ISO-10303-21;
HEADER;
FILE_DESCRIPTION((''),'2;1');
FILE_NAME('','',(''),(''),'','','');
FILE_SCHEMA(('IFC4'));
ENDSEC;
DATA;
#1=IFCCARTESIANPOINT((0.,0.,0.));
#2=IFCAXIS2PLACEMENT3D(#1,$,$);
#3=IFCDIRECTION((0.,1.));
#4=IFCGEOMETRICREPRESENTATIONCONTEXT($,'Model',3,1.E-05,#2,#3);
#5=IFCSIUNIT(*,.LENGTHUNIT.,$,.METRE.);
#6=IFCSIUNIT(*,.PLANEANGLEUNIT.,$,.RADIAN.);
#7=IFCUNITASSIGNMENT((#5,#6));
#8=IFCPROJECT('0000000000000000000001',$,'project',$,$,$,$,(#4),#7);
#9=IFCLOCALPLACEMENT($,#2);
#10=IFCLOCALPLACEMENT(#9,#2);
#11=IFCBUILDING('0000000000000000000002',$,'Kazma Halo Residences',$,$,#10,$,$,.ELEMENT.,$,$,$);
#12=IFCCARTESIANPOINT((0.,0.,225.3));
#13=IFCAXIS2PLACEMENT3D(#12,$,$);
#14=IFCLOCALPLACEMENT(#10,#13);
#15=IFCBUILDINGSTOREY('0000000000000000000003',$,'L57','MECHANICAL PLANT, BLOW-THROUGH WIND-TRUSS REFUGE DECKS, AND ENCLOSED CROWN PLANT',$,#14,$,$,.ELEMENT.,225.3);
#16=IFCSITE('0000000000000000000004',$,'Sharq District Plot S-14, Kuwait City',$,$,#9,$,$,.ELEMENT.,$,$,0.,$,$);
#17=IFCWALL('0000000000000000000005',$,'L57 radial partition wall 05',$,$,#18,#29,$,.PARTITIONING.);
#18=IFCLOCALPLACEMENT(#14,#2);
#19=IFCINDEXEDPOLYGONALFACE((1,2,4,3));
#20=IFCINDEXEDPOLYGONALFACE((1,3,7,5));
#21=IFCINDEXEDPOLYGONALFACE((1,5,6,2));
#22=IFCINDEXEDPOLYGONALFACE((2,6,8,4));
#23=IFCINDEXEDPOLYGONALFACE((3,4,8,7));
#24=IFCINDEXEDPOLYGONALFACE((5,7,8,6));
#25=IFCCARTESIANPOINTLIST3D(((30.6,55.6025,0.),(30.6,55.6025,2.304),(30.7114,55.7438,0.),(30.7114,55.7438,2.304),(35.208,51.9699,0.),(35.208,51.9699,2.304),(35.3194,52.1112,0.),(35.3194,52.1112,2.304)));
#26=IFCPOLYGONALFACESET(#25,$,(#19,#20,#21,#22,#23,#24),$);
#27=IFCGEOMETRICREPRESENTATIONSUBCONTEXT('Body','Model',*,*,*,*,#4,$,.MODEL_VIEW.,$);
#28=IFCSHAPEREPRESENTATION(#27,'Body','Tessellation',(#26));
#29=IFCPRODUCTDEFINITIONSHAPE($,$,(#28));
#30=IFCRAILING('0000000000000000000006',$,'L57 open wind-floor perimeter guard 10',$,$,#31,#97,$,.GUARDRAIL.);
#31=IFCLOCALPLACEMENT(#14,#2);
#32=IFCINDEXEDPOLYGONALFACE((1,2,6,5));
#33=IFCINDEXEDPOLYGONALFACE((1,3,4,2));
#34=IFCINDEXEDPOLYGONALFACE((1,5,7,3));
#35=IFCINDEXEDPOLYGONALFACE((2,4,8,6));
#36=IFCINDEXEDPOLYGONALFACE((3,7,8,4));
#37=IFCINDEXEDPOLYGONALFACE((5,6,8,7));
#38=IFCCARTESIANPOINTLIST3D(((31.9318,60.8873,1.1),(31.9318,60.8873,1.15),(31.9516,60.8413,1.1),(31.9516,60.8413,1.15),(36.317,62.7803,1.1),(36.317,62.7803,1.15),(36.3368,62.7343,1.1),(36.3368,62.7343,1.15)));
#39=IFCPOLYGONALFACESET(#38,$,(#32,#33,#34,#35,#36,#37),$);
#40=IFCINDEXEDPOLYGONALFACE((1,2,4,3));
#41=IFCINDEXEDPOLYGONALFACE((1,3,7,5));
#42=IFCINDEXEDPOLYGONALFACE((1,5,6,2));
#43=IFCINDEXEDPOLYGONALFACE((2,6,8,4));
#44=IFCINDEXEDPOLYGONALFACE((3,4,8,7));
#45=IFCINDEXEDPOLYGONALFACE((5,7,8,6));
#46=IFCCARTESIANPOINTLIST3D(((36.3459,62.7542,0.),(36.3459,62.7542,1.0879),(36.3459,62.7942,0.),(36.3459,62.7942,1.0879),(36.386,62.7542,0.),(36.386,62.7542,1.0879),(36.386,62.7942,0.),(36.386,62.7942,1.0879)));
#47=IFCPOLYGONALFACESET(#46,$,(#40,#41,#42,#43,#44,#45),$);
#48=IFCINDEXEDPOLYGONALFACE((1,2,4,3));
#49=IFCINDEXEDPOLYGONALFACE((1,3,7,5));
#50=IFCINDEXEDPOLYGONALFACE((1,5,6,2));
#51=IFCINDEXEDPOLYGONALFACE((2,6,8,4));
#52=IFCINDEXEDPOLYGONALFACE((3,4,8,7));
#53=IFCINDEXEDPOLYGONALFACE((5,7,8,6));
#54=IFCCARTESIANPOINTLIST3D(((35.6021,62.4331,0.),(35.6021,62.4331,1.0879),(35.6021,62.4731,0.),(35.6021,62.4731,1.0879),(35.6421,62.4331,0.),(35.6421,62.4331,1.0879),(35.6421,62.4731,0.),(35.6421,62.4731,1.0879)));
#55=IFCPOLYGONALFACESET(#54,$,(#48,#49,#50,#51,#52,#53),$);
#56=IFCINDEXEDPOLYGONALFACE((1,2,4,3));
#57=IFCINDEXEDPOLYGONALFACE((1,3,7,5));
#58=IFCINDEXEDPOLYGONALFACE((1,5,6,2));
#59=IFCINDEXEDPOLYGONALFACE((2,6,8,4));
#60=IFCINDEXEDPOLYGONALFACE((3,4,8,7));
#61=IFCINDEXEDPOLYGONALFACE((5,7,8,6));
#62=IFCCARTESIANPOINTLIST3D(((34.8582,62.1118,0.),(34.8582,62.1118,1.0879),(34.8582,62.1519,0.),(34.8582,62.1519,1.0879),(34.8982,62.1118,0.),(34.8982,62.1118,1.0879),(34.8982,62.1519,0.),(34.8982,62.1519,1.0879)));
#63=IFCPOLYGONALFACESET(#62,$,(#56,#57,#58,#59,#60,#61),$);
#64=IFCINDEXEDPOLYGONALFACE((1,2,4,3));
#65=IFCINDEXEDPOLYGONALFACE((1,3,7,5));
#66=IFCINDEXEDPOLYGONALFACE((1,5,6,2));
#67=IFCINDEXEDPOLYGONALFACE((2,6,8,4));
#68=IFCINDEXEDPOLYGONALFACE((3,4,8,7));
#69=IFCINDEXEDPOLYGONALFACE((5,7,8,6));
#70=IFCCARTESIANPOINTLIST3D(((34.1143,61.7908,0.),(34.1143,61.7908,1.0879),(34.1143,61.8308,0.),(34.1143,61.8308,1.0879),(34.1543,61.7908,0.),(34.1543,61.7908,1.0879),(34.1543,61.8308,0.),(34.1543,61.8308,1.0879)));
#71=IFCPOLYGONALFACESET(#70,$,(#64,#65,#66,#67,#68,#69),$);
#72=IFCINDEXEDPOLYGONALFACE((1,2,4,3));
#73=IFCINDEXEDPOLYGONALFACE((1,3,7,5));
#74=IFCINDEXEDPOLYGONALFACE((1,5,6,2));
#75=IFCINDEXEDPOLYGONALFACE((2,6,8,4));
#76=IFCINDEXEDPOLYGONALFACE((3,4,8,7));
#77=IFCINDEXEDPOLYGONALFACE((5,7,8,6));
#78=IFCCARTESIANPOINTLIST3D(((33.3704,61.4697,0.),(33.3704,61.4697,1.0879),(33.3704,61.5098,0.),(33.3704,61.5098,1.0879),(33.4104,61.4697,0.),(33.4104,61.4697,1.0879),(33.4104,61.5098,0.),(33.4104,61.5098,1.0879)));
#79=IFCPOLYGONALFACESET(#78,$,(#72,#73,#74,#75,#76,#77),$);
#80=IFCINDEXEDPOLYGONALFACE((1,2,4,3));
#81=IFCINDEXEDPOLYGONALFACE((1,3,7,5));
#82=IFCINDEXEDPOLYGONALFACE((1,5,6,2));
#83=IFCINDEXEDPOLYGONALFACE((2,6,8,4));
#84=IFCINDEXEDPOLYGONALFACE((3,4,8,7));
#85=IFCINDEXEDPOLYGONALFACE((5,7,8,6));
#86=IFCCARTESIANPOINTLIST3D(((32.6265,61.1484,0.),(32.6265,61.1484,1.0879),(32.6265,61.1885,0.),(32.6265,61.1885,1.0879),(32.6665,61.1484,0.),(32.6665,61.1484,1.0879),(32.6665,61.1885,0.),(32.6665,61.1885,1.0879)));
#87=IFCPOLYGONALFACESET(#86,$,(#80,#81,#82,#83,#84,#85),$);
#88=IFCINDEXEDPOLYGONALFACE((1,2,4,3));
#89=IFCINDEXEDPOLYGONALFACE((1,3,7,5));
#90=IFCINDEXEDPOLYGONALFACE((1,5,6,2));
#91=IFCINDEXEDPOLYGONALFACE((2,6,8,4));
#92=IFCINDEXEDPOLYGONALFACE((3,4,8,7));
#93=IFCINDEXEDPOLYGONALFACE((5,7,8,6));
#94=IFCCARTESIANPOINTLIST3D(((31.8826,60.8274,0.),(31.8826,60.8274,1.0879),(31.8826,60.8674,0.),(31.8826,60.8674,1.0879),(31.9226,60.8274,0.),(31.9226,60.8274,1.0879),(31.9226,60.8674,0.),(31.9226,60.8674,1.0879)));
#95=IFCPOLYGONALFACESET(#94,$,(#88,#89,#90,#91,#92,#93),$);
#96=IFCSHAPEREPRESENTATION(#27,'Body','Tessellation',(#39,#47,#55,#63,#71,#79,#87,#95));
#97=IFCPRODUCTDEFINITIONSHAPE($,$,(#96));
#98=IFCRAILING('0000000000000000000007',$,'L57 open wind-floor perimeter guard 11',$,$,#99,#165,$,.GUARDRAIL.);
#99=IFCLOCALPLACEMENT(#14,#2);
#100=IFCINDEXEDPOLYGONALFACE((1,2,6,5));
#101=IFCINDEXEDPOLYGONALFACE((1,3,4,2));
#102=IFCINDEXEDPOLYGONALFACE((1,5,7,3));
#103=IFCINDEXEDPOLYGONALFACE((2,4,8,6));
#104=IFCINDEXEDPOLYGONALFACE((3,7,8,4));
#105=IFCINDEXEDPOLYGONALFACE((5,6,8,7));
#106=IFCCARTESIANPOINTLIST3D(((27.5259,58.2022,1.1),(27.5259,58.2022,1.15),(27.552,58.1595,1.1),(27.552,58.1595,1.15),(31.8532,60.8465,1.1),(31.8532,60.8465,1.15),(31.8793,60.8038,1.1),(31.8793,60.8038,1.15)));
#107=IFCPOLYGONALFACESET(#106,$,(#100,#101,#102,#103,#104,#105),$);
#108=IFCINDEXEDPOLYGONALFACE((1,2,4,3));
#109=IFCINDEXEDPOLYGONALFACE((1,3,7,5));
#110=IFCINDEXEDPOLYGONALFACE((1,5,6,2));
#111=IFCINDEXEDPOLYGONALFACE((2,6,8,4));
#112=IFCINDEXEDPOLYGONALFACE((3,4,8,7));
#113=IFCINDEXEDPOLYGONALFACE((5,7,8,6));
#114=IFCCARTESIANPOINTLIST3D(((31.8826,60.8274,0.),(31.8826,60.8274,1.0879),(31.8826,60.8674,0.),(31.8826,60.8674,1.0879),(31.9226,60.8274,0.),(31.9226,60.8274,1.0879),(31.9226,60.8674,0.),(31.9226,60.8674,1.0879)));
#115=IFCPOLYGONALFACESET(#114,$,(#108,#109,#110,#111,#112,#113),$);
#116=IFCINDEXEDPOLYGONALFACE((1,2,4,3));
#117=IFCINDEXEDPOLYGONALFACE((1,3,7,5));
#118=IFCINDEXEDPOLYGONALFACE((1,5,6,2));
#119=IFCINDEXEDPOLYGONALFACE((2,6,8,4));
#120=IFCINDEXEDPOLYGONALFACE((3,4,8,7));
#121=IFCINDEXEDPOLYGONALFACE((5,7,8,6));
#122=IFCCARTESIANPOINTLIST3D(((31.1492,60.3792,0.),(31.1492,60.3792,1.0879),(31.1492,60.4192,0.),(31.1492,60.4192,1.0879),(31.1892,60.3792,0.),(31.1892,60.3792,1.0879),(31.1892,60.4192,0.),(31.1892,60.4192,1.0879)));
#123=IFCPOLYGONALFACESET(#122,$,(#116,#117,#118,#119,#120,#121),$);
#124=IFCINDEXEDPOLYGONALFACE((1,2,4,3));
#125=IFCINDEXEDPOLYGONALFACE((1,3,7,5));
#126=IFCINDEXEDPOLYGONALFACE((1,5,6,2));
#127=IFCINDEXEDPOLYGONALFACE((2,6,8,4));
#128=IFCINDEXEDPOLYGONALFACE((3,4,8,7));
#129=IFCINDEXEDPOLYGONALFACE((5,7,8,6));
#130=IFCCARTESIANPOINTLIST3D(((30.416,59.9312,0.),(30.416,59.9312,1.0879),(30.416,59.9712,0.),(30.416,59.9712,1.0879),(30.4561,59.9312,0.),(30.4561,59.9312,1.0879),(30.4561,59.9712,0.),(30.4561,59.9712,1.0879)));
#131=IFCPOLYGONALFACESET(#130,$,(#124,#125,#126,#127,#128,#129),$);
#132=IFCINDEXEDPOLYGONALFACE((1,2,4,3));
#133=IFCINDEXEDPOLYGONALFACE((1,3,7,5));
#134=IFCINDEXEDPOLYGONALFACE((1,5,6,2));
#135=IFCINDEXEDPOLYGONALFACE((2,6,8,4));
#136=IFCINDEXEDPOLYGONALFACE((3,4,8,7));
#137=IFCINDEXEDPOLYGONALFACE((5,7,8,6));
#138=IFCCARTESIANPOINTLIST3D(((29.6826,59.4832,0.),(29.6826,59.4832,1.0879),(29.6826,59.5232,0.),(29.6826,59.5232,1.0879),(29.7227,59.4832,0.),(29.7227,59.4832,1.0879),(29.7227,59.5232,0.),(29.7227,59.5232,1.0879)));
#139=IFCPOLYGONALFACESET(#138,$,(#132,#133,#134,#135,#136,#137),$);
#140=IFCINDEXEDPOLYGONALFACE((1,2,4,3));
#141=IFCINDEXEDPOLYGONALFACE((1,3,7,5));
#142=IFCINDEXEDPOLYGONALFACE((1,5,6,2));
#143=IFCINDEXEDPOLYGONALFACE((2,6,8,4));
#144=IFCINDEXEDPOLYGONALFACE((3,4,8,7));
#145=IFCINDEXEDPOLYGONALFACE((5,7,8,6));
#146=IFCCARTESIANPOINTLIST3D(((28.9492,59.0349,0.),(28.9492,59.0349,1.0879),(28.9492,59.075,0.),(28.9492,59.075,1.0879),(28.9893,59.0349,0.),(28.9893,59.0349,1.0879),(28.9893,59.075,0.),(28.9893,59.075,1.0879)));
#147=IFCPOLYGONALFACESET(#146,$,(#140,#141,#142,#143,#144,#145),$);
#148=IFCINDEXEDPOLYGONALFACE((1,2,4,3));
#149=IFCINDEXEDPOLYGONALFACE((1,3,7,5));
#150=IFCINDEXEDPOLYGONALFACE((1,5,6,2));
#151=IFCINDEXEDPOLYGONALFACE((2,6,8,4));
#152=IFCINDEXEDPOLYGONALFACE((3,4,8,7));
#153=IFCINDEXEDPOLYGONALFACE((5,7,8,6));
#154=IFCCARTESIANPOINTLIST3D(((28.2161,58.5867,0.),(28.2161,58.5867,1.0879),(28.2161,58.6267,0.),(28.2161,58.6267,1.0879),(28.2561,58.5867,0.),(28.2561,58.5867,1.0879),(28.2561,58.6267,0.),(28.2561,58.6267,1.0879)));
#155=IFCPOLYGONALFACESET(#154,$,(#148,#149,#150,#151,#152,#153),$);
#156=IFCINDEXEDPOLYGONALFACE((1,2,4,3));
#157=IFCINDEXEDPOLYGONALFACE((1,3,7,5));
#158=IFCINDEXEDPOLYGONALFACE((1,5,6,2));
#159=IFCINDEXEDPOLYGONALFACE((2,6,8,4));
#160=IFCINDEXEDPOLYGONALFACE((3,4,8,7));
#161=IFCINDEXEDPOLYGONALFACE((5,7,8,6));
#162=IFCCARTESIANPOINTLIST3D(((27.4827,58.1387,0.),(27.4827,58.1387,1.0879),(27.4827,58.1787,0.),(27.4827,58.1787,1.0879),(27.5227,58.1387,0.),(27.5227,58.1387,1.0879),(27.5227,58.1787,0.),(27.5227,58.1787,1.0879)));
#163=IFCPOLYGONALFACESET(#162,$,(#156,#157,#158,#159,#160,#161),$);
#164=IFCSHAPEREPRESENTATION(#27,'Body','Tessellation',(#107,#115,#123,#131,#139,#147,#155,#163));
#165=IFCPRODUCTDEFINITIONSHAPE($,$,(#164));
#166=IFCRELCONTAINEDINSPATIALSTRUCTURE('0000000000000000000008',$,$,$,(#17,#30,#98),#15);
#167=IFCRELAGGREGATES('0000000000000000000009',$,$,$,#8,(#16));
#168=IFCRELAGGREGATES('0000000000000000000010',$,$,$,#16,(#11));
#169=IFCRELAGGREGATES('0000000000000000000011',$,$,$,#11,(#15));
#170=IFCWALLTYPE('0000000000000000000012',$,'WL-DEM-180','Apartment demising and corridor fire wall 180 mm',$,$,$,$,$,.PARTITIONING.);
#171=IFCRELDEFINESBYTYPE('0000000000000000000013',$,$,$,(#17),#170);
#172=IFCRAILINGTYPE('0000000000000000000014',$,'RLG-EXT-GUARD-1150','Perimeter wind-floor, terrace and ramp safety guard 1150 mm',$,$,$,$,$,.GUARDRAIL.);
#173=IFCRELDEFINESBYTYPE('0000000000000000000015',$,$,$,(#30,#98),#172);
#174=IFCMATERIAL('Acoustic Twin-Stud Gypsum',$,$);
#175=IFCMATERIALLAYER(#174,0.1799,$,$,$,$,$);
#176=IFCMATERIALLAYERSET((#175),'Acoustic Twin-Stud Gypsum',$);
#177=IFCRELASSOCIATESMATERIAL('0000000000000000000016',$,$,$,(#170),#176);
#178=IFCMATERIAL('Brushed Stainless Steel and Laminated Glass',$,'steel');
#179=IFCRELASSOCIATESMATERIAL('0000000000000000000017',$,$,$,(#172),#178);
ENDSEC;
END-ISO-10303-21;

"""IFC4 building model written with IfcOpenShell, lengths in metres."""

from ifc_helpers import new_model, si_unit, direction, frame, frame_2d, origin, origin_2d, place, context, subcontext, project, spatial, rectangle, extrude, material, layer, layer_set, type_object, element, save


model = new_model("IFC4")

# Units and contexts
model_context = context("Model", 3, precision=1e-05, world=origin(), true_north=direction((0.0, 1.0)))
body_context = subcontext(model_context, "Body", "Model", "MODEL_VIEW")
ifc_project = project(units=[si_unit("LENGTHUNIT", "METRE"), si_unit("PLANEANGLEUNIT", "RADIAN")], contexts=[model_context])

# Site, building, storey
site_placement = place(None, origin())
site = spatial("IfcSite", under=ifc_project, at=site_placement, Name="Sharq District Plot S-14, Kuwait City", CompositionType="ELEMENT", RefElevation=0.0)
building_placement = place(site_placement, origin())
building = spatial("IfcBuilding", under=site, at=building_placement, Name="Kazma Halo Residences", CompositionType="ELEMENT")
storey_placement = place(building_placement, frame((0.0, 0.0, 225.3)))
storey = spatial("IfcBuildingStorey", under=building, at=storey_placement, Name="L57", Description="MECHANICAL PLANT, BLOW-THROUGH WIND-TRUSS REFUGE DECKS, AND ENCLOSED CROWN PLANT", CompositionType="ELEMENT", Elevation=225.3)

# Wall
ifc_material_1 = material(Name="Acoustic Twin-Stud Gypsum")
ifc_layer_1 = layer(ifc_material_1, 0.1799)
ifc_layer_set_1 = layer_set([ifc_layer_1], Name="Acoustic Twin-Stud Gypsum")
wall_type = type_object("IfcWallType", Name="WL-DEM-180", Description="Apartment demising and corridor fire wall 180 mm", PredefinedType="PARTITIONING", material=ifc_layer_set_1)
wall_1_placement = place(storey_placement, frame((35.2637, 52.0405, 0.0), z_axis=(0.0, 0.0, 1.0), x_axis=(-0.785318, 0.619092, 0.0)))
element("IfcWall", 1, at=wall_1_placement, inside=storey, type_object=wall_type, Name="L57 radial partition wall 05", PredefinedType="PARTITIONING", context=body_context, shape_type="SweptSolid", body=[
    extrude(rectangle(XDim=5.8677, YDim=0.1799, at=frame_2d((2.9338, 0.0))), origin(), (0.0, 0.0, 1.0), 2.304),
])

# Railings
ifc_material_2 = material(Name="Brushed Stainless Steel and Laminated Glass", Category="steel")
railing_type = type_object("IfcRailingType", Name="RLG-EXT-GUARD-1150", Description="Perimeter wind-floor, terrace and ramp safety guard 1150 mm", PredefinedType="GUARDRAIL", material=ifc_material_2)
railing_1_placement = place(storey_placement, frame((36.366, 62.7742, 0.0)))
element("IfcRailing", 2, at=railing_1_placement, inside=storey, type_object=railing_type, Name="L57 open wind-floor perimeter guard 10", PredefinedType="GUARDRAIL", context=body_context, shape_type="SweptSolid", body=[
    extrude(rectangle(XDim=0.05, YDim=0.05, at=origin_2d()), frame((-0.0391, -0.0168, 1.125), z_axis=(-0.918108, -0.39633, 0.0), x_axis=(0.39633, -0.918108, 0.0)), (0.0, 0.0, 1.0), 4.7764),
    extrude(rectangle(XDim=0.04, YDim=0.04, at=origin_2d()), origin(), (0.0, 0.0, 1.0), 1.0879),
    extrude(rectangle(XDim=0.04, YDim=0.04, at=origin_2d()), frame((-0.7439, -0.321, 0.0)), (0.0, 0.0, 1.0), 1.0879),
    extrude(rectangle(XDim=0.04, YDim=0.04, at=origin_2d()), frame((-1.4878, -0.6423, 0.0)), (0.0, 0.0, 1.0), 1.0879),
    extrude(rectangle(XDim=0.04, YDim=0.04, at=origin_2d()), frame((-2.2317, -0.9634, 0.0)), (0.0, 0.0, 1.0), 1.0879),
    extrude(rectangle(XDim=0.04, YDim=0.04, at=origin_2d()), frame((-2.9756, -1.2844, 0.0)), (0.0, 0.0, 1.0), 1.0879),
    extrude(rectangle(XDim=0.04, YDim=0.04, at=origin_2d()), frame((-3.7195, -1.6057, 0.0)), (0.0, 0.0, 1.0), 1.0879),
    extrude(rectangle(XDim=0.04, YDim=0.04, at=origin_2d()), frame((-4.4634, -1.9268, 0.0)), (0.0, 0.0, 1.0), 1.0879),
])
railing_2_placement = place(storey_placement, frame((31.9026, 60.8474, 0.0)))
element("IfcRailing", 3, at=railing_2_placement, inside=storey, type_object=railing_type, Name="L57 open wind-floor perimeter guard 11", PredefinedType="GUARDRAIL", context=body_context, shape_type="SweptSolid", body=[
    extrude(rectangle(XDim=0.05, YDim=0.05, at=origin_2d()), frame((-0.0364, -0.0222, 1.125), z_axis=(-0.853291, -0.521435, 0.0), x_axis=(0.521435, -0.853291, 0.0)), (0.0, 0.0, 1.0), 5.0713),
    extrude(rectangle(XDim=0.04, YDim=0.04, at=origin_2d()), origin(), (0.0, 0.0, 1.0), 1.0879),
    extrude(rectangle(XDim=0.04, YDim=0.04, at=origin_2d()), frame((-0.7334, -0.4482, 0.0)), (0.0, 0.0, 1.0), 1.0879),
    extrude(rectangle(XDim=0.04, YDim=0.04, at=origin_2d()), frame((-1.4666, -0.8962, 0.0)), (0.0, 0.0, 1.0), 1.0879),
    extrude(rectangle(XDim=0.04, YDim=0.04, at=origin_2d()), frame((-2.2, -1.3442, 0.0)), (0.0, 0.0, 1.0), 1.0879),
    extrude(rectangle(XDim=0.04, YDim=0.04, at=origin_2d()), frame((-2.9333, -1.7925, 0.0)), (0.0, 0.0, 1.0), 1.0879),
    extrude(rectangle(XDim=0.04, YDim=0.04, at=origin_2d()), frame((-3.6665, -2.2407, 0.0)), (0.0, 0.0, 1.0), 1.0879),
    extrude(rectangle(XDim=0.04, YDim=0.04, at=origin_2d()), frame((-4.3999, -2.6887, 0.0)), (0.0, 0.0, 1.0), 1.0879),
])

save(model, "model.ifc")
